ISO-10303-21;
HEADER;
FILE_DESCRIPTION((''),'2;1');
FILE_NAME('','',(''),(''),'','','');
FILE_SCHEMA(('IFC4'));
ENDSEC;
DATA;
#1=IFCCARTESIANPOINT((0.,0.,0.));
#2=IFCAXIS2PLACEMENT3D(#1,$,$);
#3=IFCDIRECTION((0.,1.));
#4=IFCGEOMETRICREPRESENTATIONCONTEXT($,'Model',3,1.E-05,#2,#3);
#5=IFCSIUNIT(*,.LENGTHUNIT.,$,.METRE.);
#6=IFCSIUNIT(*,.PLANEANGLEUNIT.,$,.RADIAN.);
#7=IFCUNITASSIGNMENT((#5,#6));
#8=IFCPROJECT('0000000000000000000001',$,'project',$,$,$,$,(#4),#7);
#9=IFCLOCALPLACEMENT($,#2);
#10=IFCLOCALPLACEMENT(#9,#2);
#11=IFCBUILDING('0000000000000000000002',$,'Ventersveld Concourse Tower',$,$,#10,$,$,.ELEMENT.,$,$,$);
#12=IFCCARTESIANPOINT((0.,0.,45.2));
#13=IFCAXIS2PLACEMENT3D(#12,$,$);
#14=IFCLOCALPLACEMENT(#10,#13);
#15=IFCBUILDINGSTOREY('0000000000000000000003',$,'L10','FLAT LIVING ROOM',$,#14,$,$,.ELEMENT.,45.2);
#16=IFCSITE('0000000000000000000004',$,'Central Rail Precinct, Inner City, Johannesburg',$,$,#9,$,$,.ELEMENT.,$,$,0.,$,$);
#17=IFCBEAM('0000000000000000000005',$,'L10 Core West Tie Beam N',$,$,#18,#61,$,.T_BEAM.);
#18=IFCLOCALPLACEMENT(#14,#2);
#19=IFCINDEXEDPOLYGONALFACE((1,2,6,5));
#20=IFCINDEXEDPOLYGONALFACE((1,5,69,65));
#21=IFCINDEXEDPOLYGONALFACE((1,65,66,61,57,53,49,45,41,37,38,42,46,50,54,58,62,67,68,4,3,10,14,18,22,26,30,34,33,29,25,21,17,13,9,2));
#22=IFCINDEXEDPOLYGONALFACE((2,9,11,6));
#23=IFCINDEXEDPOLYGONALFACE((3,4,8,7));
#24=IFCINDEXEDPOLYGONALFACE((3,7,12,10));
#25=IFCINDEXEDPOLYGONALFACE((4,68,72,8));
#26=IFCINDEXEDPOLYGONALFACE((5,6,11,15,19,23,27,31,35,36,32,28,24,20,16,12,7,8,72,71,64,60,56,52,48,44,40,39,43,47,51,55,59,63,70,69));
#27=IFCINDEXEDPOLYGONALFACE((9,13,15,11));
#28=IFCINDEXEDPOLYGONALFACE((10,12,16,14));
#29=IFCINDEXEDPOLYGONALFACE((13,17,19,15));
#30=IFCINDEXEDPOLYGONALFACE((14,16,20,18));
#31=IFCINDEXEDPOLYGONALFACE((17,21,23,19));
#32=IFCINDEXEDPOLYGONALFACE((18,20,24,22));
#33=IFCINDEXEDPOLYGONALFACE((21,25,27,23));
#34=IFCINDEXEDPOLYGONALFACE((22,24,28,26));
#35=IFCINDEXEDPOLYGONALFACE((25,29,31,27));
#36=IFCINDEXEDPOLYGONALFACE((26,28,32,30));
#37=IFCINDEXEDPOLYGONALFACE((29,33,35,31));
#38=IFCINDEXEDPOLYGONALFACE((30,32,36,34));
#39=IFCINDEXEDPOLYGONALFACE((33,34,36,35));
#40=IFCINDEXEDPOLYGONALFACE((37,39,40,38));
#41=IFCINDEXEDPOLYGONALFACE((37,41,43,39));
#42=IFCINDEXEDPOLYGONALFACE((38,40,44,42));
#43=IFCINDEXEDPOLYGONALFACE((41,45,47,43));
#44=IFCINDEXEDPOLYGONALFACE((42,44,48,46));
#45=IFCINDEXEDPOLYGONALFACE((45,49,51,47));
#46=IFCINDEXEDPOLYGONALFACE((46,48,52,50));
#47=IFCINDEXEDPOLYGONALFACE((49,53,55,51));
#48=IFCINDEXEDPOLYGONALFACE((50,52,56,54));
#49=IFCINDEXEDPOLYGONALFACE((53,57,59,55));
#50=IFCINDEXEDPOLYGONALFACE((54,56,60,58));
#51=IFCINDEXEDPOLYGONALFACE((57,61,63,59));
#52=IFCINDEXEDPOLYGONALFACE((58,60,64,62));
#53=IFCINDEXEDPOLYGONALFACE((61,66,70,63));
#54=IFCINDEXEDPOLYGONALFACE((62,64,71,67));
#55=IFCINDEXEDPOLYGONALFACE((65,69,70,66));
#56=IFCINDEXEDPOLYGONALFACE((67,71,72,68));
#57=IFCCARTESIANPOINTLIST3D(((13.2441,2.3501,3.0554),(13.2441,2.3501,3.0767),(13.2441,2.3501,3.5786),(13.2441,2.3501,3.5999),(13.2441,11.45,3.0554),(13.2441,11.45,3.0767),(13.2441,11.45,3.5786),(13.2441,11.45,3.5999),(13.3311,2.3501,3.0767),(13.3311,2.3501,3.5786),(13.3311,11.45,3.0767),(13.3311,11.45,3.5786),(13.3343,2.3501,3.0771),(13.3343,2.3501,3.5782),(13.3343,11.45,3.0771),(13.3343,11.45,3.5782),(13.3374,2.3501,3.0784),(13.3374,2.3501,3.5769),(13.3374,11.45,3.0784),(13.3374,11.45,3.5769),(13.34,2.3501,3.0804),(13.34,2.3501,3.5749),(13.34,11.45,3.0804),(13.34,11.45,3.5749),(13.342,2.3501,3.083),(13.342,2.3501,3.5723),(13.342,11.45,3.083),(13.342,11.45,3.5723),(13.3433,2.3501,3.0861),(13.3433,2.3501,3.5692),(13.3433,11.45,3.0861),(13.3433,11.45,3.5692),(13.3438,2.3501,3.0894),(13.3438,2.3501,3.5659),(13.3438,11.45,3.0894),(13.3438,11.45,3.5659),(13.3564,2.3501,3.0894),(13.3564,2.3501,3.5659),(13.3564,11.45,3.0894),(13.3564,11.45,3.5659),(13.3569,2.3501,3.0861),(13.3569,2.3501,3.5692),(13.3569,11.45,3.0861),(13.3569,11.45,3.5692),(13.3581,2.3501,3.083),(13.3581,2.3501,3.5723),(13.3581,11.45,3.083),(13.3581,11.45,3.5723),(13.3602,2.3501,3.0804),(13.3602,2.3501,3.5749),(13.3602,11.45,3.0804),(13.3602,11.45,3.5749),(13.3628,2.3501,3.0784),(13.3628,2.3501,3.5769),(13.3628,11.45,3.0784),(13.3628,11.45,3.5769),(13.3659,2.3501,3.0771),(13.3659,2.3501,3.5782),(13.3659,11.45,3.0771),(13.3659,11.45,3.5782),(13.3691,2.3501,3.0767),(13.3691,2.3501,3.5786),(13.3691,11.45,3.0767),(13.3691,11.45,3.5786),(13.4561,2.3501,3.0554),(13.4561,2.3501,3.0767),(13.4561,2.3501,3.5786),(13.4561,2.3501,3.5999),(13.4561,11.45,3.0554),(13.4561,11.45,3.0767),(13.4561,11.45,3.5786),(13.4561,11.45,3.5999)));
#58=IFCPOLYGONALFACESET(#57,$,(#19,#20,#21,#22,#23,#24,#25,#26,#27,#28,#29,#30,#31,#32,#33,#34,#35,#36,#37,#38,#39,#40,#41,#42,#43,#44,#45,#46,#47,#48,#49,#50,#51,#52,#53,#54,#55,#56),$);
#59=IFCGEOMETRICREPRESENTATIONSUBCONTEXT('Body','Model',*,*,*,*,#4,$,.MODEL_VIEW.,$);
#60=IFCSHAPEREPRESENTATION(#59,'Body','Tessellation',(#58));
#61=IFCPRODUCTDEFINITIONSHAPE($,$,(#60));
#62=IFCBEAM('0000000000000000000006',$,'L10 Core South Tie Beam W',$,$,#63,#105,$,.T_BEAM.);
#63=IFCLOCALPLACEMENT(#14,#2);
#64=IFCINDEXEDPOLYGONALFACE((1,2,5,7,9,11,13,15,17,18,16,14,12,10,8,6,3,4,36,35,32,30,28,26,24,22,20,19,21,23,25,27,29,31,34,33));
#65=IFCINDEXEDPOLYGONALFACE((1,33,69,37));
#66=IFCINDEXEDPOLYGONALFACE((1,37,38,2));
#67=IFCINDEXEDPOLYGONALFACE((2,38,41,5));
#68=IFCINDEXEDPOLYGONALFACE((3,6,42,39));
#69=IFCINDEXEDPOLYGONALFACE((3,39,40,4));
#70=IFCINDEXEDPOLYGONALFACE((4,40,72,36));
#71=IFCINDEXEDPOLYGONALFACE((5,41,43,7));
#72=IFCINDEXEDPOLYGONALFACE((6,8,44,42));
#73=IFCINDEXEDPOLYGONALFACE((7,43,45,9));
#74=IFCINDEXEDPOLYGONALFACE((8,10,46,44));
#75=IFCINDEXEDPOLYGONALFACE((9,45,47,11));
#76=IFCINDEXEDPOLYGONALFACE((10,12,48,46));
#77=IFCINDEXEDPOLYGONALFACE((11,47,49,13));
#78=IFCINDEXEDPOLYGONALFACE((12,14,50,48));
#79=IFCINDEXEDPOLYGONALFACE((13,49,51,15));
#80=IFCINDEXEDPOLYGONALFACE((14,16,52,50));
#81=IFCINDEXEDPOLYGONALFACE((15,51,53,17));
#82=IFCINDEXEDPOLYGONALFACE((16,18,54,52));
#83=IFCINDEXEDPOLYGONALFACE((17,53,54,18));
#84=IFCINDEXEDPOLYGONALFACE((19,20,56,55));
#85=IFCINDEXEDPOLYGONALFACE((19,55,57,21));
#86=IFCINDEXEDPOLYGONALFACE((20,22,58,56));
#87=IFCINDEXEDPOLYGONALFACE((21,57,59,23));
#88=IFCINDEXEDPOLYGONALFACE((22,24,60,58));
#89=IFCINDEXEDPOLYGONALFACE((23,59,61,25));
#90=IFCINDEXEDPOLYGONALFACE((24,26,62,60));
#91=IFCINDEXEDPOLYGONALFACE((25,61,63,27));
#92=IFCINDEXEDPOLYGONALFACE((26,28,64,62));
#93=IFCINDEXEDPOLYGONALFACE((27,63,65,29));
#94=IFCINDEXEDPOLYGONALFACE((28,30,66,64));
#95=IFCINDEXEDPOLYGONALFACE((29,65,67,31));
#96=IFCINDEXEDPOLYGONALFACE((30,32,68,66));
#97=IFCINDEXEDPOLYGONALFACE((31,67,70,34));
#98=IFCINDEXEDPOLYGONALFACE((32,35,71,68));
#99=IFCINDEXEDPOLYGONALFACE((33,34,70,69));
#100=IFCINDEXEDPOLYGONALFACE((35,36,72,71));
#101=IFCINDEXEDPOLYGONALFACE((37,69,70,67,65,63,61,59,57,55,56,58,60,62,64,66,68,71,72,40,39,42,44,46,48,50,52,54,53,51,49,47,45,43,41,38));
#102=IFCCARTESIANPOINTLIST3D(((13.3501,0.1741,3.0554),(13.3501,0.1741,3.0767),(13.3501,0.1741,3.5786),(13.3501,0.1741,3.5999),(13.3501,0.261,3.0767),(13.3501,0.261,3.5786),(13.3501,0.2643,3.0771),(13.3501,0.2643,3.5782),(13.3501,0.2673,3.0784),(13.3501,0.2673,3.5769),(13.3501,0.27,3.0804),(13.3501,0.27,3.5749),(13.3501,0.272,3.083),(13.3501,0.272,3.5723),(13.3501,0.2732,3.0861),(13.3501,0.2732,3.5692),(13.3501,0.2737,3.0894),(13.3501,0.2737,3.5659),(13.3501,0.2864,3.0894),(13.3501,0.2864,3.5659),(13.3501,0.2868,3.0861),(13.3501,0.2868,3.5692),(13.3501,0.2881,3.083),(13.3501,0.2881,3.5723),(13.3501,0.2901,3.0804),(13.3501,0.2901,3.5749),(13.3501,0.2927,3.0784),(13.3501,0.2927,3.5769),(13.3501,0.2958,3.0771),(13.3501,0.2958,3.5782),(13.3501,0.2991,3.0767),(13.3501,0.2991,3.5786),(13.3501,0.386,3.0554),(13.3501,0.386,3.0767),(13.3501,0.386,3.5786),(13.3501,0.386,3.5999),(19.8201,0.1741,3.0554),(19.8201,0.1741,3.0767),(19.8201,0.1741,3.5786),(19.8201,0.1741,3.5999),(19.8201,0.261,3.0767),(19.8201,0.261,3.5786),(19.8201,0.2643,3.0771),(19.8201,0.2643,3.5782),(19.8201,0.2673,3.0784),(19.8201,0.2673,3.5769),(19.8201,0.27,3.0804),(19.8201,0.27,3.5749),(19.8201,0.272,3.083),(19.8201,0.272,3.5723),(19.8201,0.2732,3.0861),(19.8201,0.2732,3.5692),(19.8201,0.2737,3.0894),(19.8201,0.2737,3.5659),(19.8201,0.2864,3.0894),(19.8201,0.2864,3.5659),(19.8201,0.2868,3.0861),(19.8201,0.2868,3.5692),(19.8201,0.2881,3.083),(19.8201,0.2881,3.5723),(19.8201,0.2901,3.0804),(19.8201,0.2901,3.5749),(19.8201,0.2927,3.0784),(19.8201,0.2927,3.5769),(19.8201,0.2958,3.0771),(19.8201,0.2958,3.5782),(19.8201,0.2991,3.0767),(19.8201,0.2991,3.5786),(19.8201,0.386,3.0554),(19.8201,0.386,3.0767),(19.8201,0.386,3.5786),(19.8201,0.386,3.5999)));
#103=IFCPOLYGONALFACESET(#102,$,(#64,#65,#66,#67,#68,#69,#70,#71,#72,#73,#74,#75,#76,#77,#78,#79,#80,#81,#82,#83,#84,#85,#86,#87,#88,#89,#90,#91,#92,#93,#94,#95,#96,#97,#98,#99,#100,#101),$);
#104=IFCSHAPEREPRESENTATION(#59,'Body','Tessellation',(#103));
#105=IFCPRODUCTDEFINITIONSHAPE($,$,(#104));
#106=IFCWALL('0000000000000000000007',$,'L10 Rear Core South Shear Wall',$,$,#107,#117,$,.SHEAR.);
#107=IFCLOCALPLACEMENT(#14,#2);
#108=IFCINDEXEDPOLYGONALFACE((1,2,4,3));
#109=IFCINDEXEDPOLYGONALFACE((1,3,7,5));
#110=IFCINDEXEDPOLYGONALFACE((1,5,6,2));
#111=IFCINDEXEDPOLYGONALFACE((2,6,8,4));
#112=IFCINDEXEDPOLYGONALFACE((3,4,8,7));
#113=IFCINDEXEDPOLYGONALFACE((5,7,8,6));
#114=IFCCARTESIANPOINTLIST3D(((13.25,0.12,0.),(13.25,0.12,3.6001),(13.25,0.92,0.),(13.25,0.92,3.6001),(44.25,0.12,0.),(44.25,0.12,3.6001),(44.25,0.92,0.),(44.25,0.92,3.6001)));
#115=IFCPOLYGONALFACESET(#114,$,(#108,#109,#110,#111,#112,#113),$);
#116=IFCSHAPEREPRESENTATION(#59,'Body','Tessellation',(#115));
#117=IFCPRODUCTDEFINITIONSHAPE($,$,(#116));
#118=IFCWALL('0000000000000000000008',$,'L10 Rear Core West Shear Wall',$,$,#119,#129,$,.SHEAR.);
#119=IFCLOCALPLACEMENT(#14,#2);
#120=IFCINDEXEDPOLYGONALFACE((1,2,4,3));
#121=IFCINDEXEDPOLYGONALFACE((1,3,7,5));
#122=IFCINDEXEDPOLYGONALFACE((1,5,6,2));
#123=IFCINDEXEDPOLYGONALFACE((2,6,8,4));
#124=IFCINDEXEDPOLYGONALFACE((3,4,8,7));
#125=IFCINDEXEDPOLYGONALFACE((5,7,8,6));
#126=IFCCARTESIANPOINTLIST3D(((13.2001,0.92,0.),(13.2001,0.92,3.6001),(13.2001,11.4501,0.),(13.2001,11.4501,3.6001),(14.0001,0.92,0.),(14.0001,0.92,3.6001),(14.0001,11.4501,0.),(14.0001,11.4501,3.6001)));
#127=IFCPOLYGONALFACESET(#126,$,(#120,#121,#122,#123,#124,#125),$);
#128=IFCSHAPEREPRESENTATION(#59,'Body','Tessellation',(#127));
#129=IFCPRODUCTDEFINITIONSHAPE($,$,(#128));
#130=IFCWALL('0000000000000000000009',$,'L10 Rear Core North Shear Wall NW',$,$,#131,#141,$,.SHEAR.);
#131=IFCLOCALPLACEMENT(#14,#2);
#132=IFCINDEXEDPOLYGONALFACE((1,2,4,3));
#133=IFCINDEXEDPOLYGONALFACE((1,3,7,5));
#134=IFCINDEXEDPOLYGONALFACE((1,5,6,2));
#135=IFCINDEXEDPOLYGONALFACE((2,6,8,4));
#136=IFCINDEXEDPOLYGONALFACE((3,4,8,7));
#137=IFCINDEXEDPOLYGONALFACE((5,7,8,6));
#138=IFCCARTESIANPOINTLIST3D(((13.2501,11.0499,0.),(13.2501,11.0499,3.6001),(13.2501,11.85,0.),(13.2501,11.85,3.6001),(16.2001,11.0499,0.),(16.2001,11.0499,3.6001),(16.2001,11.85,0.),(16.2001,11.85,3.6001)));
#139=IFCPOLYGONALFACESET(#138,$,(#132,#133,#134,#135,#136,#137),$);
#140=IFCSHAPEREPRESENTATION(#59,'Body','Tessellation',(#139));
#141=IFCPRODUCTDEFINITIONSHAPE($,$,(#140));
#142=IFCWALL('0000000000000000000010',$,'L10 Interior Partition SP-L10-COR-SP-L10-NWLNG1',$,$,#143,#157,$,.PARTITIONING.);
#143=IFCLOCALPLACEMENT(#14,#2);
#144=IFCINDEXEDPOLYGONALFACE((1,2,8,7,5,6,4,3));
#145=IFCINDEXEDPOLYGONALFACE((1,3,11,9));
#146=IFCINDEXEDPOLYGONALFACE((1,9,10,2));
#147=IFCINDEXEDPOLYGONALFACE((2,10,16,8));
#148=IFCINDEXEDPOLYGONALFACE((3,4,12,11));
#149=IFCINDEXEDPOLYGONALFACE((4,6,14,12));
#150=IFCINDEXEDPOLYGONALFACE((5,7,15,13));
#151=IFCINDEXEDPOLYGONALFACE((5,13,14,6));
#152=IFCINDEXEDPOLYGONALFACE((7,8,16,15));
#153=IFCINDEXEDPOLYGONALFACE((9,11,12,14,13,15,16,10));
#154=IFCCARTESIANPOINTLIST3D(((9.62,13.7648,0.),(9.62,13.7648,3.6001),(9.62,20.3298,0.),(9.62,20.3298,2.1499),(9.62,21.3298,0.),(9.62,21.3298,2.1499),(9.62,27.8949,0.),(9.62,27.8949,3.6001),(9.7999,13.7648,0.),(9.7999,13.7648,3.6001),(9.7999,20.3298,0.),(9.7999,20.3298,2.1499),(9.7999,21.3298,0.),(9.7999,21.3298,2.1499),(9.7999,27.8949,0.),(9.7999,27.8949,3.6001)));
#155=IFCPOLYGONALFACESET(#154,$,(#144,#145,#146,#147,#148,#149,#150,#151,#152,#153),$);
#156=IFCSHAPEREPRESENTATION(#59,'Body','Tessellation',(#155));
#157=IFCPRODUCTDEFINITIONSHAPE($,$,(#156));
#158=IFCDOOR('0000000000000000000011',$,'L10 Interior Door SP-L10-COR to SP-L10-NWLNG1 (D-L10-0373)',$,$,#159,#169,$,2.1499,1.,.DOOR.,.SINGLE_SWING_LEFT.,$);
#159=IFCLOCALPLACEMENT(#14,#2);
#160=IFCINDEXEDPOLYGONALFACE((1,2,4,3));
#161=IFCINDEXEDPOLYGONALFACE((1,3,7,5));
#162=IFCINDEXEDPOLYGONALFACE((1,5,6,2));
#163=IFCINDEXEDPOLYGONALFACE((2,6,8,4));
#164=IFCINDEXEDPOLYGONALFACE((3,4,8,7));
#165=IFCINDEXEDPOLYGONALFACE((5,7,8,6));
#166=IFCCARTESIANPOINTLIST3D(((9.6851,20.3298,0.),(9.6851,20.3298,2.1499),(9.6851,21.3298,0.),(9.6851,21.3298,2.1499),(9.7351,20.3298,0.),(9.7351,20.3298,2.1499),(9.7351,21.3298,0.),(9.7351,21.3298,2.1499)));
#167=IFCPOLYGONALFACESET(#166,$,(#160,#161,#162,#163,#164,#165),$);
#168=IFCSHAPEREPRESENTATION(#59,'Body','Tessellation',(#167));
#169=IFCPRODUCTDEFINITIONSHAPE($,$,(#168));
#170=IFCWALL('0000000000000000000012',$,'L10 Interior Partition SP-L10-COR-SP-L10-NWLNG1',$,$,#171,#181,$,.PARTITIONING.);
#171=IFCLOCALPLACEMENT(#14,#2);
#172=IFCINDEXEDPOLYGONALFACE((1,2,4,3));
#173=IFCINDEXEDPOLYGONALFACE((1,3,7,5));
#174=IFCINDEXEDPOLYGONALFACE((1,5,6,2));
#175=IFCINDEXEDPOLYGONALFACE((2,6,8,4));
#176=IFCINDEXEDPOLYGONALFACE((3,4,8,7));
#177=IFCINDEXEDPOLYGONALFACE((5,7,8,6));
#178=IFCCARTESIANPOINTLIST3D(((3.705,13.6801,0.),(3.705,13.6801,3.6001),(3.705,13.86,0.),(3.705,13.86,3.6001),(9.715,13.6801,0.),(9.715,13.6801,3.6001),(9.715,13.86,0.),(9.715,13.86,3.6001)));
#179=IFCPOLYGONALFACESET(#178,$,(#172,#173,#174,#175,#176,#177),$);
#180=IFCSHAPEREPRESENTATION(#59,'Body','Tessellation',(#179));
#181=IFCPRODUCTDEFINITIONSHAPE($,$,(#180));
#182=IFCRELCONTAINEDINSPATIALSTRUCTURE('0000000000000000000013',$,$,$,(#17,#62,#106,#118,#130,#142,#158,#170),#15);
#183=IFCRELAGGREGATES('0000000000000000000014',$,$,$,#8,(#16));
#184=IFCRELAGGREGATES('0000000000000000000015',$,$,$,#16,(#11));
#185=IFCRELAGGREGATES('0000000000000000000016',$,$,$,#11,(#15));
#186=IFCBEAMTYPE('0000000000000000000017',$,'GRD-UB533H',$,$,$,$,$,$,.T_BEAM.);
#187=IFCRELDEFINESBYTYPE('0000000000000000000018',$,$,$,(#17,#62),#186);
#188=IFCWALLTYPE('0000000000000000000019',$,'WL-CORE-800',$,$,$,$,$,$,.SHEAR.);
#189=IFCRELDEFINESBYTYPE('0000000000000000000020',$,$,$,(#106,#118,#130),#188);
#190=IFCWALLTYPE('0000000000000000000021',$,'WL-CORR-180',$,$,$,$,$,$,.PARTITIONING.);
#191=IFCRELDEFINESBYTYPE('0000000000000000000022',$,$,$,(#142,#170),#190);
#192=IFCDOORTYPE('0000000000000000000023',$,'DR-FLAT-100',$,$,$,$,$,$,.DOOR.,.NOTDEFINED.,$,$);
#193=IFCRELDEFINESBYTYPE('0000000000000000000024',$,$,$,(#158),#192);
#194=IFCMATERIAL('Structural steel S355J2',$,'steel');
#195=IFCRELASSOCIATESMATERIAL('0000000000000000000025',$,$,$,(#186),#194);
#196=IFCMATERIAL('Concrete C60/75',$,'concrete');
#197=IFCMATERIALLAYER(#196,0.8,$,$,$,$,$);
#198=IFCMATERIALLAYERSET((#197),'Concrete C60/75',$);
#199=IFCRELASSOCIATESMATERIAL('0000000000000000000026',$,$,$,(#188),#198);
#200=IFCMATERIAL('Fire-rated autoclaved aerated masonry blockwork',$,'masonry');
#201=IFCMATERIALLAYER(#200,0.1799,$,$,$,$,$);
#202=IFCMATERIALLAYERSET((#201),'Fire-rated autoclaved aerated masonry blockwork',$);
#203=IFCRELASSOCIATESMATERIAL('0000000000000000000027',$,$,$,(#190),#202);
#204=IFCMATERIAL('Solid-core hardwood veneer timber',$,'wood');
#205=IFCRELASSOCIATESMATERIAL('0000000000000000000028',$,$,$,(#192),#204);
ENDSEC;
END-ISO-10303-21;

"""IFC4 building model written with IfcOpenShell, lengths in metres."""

from ifc_helpers import new_model, si_unit, direction, frame, frame_2d, origin, origin_2d, place, context, subcontext, project, spatial, rectangle, i_section, extrude, material, layer, layer_set, material_profile, profile_set, type_object, element, fill, save


model = new_model("IFC4")

# Units and contexts
model_context = context("Model", 3, precision=1e-05, world=origin(), true_north=direction((0.0, 1.0)))
body_context = subcontext(model_context, "Body", "Model", "MODEL_VIEW")
ifc_project = project(units=[si_unit("LENGTHUNIT", "METRE"), si_unit("PLANEANGLEUNIT", "RADIAN")], contexts=[model_context])

# Site, building, storey
site_placement = place(None, origin())
site = spatial("IfcSite", under=ifc_project, at=site_placement, Name="Central Rail Precinct, Inner City, Johannesburg", CompositionType="ELEMENT", RefElevation=0.0)
building_placement = place(site_placement, origin())
building = spatial("IfcBuilding", under=site, at=building_placement, Name="Ventersveld Concourse Tower", CompositionType="ELEMENT")
storey_placement = place(building_placement, frame((0.0, 0.0, 45.2)))
storey = spatial("IfcBuildingStorey", under=building, at=storey_placement, Name="L10", Description="FLAT LIVING ROOM", CompositionType="ELEMENT", Elevation=45.2)

# Beams
ifc_material_1 = material(Name="Structural steel S355J2", Category="steel")
ifc_material_profile_1 = material_profile(ifc_material_1, i_section(OverallWidth=0.2119, OverallDepth=0.5444, WebThickness=0.0127, FlangeThickness=0.0212, FilletRadius=0.0127, at=origin_2d()), Name="UB 533x210x122")
ifc_profile_set_1 = profile_set([ifc_material_profile_1], Name="Structural steel S355J2")
beam_type_1 = type_object("IfcBeamType", Name="GRD-UB533H", PredefinedType="T_BEAM", material=ifc_profile_set_1)
beam_1_placement = place(storey_placement, frame((13.3501, 2.3501, 3.3276), z_axis=(0.0, 1.0, 0.0), x_axis=(-1.0, 0.0, 0.0)))
element("IfcBeam", 1, at=beam_1_placement, inside=storey, type_object=beam_type_1, Name="L10 Core West Tie Beam N", PredefinedType="T_BEAM", context=body_context, shape_type="SweptSolid", body=[
    extrude(i_section(OverallWidth=0.2119, OverallDepth=0.5444, WebThickness=0.0127, FlangeThickness=0.0212, FilletRadius=0.0127, at=origin_2d()), origin(), (0.0, 0.0, 1.0), 9.0999),
])
beam_2_placement = place(storey_placement, frame((13.3501, 0.28, 3.3276), z_axis=(1.0, 0.0, 0.0), x_axis=(0.0, 1.0, 0.0)))
element("IfcBeam", 2, at=beam_2_placement, inside=storey, type_object=beam_type_1, Name="L10 Core South Tie Beam W", PredefinedType="T_BEAM", context=body_context, shape_type="SweptSolid", body=[
    extrude(i_section(OverallWidth=0.2119, OverallDepth=0.5444, WebThickness=0.0127, FlangeThickness=0.0212, FilletRadius=0.0127, at=origin_2d()), origin(), (0.0, 0.0, 1.0), 6.47),
])

# Walls
ifc_material_2 = material(Name="Concrete C60/75", Category="concrete")
ifc_layer_1 = layer(ifc_material_2, 0.8)
ifc_layer_set_1 = layer_set([ifc_layer_1], Name="Concrete C60/75")
wall_type_1 = type_object("IfcWallType", Name="WL-CORE-800", PredefinedType="SHEAR", material=ifc_layer_set_1)
wall_1_placement = place(storey_placement, frame((13.25, 0.52, 0.0), z_axis=(0.0, 0.0, 1.0), x_axis=(1.0, 0.0, 0.0)))
element("IfcWall", 3, at=wall_1_placement, inside=storey, type_object=wall_type_1, Name="L10 Rear Core South Shear Wall", PredefinedType="SHEAR", context=body_context, shape_type="SweptSolid", body=[
    extrude(rectangle(XDim=31.0, YDim=0.8, at=frame_2d((15.5, 0.0))), origin(), (0.0, 0.0, 1.0), 3.6001),
])
wall_2_placement = place(storey_placement, frame((13.6001, 0.9199, 0.0), z_axis=(0.0, 0.0, 1.0), x_axis=(0.0, 1.0, 0.0)))
element("IfcWall", 4, at=wall_2_placement, inside=storey, type_object=wall_type_1, Name="L10 Rear Core West Shear Wall", PredefinedType="SHEAR", context=body_context, shape_type="SweptSolid", body=[
    extrude(rectangle(XDim=10.53, YDim=0.8, at=frame_2d((5.2651, 0.0))), origin(), (0.0, 0.0, 1.0), 3.6001),
])
wall_3_placement = place(storey_placement, frame((13.25, 11.45, 0.0), z_axis=(0.0, 0.0, 1.0), x_axis=(1.0, 0.0, 0.0)))
element("IfcWall", 5, at=wall_3_placement, inside=storey, type_object=wall_type_1, Name="L10 Rear Core North Shear Wall NW", PredefinedType="SHEAR", context=body_context, shape_type="SweptSolid", body=[
    extrude(rectangle(XDim=2.95, YDim=0.8, at=frame_2d((1.4751, 0.0))), origin(), (0.0, 0.0, 1.0), 3.6001),
])

# Wall, opening, door
ifc_material_3 = material(Name="Fire-rated autoclaved aerated masonry blockwork", Category="masonry")
ifc_layer_2 = layer(ifc_material_3, 0.1799)
ifc_layer_set_2 = layer_set([ifc_layer_2], Name="Fire-rated autoclaved aerated masonry blockwork")
wall_type_2 = type_object("IfcWallType", Name="WL-CORR-180", PredefinedType="PARTITIONING", material=ifc_layer_set_2)
wall_4_placement = place(storey_placement, frame((9.71, 13.7649, 0.0), z_axis=(0.0, 0.0, 1.0), x_axis=(0.0, 1.0, 0.0)))
wall_4 = element("IfcWall", 6, at=wall_4_placement, inside=storey, type_object=wall_type_2, Name="L10 Interior Partition SP-L10-COR-SP-L10-NWLNG1", PredefinedType="PARTITIONING", context=body_context, shape_type="SweptSolid", body=[
    extrude(rectangle(XDim=14.1301, YDim=0.1799, at=frame_2d((7.0649, 0.0))), origin(), (0.0, 0.0, 1.0), 3.6001),
])
opening_1_placement = place(wall_4_placement, frame((6.5649, 0.0, 0.0)))
opening_1 = element("IfcOpeningElement", 7, at=opening_1_placement, cuts=wall_4, PredefinedType="OPENING", context=body_context, shape_type="SweptSolid", body=[
    extrude(rectangle(XDim=1.0, YDim=2.1499, at=frame_2d((0.5, 1.075))), frame((0.0, 0.1001, 0.0), z_axis=(0.0, -1.0, 0.0), x_axis=(1.0, 0.0, 0.0)), (0.0, 0.0, 1.0), 0.2),
])
ifc_material_4 = material(Name="Solid-core hardwood veneer timber", Category="wood")
door_type_1 = type_object("IfcDoorType", Name="DR-FLAT-100", OperationType="NOTDEFINED", PredefinedType="DOOR", material=ifc_material_4)
door_1_placement = place(opening_1_placement, origin())
door_1 = element("IfcDoor", 8, at=door_1_placement, inside=storey, type_object=door_type_1, Name="L10 Interior Door SP-L10-COR to SP-L10-NWLNG1 (D-L10-0373)", OperationType="SINGLE_SWING_LEFT", OverallHeight=2.1499, OverallWidth=1.0, PredefinedType="DOOR", context=body_context, shape_type="SweptSolid", body=[
    extrude(rectangle(XDim=1.0, YDim=2.1499, at=frame_2d((0.5, 1.075))), frame((0.0, 0.0249, 0.0), z_axis=(0.0, -1.0, 0.0), x_axis=(1.0, 0.0, 0.0)), (0.0, 0.0, 1.0), 0.05),
])
fill(opening_1, door_1)

# Wall
wall_5_placement = place(storey_placement, frame((3.7051, 13.77, 0.0), z_axis=(0.0, 0.0, 1.0), x_axis=(1.0, 0.0, 0.0)))
element("IfcWall", 9, at=wall_5_placement, inside=storey, type_object=wall_type_2, Name="L10 Interior Partition SP-L10-COR-SP-L10-NWLNG1", PredefinedType="PARTITIONING", context=body_context, shape_type="SweptSolid", body=[
    extrude(rectangle(XDim=6.01, YDim=0.1799, at=frame_2d((3.0049, 0.0))), origin(), (0.0, 0.0, 1.0), 3.6001),
])

save(model, "model.ifc")
